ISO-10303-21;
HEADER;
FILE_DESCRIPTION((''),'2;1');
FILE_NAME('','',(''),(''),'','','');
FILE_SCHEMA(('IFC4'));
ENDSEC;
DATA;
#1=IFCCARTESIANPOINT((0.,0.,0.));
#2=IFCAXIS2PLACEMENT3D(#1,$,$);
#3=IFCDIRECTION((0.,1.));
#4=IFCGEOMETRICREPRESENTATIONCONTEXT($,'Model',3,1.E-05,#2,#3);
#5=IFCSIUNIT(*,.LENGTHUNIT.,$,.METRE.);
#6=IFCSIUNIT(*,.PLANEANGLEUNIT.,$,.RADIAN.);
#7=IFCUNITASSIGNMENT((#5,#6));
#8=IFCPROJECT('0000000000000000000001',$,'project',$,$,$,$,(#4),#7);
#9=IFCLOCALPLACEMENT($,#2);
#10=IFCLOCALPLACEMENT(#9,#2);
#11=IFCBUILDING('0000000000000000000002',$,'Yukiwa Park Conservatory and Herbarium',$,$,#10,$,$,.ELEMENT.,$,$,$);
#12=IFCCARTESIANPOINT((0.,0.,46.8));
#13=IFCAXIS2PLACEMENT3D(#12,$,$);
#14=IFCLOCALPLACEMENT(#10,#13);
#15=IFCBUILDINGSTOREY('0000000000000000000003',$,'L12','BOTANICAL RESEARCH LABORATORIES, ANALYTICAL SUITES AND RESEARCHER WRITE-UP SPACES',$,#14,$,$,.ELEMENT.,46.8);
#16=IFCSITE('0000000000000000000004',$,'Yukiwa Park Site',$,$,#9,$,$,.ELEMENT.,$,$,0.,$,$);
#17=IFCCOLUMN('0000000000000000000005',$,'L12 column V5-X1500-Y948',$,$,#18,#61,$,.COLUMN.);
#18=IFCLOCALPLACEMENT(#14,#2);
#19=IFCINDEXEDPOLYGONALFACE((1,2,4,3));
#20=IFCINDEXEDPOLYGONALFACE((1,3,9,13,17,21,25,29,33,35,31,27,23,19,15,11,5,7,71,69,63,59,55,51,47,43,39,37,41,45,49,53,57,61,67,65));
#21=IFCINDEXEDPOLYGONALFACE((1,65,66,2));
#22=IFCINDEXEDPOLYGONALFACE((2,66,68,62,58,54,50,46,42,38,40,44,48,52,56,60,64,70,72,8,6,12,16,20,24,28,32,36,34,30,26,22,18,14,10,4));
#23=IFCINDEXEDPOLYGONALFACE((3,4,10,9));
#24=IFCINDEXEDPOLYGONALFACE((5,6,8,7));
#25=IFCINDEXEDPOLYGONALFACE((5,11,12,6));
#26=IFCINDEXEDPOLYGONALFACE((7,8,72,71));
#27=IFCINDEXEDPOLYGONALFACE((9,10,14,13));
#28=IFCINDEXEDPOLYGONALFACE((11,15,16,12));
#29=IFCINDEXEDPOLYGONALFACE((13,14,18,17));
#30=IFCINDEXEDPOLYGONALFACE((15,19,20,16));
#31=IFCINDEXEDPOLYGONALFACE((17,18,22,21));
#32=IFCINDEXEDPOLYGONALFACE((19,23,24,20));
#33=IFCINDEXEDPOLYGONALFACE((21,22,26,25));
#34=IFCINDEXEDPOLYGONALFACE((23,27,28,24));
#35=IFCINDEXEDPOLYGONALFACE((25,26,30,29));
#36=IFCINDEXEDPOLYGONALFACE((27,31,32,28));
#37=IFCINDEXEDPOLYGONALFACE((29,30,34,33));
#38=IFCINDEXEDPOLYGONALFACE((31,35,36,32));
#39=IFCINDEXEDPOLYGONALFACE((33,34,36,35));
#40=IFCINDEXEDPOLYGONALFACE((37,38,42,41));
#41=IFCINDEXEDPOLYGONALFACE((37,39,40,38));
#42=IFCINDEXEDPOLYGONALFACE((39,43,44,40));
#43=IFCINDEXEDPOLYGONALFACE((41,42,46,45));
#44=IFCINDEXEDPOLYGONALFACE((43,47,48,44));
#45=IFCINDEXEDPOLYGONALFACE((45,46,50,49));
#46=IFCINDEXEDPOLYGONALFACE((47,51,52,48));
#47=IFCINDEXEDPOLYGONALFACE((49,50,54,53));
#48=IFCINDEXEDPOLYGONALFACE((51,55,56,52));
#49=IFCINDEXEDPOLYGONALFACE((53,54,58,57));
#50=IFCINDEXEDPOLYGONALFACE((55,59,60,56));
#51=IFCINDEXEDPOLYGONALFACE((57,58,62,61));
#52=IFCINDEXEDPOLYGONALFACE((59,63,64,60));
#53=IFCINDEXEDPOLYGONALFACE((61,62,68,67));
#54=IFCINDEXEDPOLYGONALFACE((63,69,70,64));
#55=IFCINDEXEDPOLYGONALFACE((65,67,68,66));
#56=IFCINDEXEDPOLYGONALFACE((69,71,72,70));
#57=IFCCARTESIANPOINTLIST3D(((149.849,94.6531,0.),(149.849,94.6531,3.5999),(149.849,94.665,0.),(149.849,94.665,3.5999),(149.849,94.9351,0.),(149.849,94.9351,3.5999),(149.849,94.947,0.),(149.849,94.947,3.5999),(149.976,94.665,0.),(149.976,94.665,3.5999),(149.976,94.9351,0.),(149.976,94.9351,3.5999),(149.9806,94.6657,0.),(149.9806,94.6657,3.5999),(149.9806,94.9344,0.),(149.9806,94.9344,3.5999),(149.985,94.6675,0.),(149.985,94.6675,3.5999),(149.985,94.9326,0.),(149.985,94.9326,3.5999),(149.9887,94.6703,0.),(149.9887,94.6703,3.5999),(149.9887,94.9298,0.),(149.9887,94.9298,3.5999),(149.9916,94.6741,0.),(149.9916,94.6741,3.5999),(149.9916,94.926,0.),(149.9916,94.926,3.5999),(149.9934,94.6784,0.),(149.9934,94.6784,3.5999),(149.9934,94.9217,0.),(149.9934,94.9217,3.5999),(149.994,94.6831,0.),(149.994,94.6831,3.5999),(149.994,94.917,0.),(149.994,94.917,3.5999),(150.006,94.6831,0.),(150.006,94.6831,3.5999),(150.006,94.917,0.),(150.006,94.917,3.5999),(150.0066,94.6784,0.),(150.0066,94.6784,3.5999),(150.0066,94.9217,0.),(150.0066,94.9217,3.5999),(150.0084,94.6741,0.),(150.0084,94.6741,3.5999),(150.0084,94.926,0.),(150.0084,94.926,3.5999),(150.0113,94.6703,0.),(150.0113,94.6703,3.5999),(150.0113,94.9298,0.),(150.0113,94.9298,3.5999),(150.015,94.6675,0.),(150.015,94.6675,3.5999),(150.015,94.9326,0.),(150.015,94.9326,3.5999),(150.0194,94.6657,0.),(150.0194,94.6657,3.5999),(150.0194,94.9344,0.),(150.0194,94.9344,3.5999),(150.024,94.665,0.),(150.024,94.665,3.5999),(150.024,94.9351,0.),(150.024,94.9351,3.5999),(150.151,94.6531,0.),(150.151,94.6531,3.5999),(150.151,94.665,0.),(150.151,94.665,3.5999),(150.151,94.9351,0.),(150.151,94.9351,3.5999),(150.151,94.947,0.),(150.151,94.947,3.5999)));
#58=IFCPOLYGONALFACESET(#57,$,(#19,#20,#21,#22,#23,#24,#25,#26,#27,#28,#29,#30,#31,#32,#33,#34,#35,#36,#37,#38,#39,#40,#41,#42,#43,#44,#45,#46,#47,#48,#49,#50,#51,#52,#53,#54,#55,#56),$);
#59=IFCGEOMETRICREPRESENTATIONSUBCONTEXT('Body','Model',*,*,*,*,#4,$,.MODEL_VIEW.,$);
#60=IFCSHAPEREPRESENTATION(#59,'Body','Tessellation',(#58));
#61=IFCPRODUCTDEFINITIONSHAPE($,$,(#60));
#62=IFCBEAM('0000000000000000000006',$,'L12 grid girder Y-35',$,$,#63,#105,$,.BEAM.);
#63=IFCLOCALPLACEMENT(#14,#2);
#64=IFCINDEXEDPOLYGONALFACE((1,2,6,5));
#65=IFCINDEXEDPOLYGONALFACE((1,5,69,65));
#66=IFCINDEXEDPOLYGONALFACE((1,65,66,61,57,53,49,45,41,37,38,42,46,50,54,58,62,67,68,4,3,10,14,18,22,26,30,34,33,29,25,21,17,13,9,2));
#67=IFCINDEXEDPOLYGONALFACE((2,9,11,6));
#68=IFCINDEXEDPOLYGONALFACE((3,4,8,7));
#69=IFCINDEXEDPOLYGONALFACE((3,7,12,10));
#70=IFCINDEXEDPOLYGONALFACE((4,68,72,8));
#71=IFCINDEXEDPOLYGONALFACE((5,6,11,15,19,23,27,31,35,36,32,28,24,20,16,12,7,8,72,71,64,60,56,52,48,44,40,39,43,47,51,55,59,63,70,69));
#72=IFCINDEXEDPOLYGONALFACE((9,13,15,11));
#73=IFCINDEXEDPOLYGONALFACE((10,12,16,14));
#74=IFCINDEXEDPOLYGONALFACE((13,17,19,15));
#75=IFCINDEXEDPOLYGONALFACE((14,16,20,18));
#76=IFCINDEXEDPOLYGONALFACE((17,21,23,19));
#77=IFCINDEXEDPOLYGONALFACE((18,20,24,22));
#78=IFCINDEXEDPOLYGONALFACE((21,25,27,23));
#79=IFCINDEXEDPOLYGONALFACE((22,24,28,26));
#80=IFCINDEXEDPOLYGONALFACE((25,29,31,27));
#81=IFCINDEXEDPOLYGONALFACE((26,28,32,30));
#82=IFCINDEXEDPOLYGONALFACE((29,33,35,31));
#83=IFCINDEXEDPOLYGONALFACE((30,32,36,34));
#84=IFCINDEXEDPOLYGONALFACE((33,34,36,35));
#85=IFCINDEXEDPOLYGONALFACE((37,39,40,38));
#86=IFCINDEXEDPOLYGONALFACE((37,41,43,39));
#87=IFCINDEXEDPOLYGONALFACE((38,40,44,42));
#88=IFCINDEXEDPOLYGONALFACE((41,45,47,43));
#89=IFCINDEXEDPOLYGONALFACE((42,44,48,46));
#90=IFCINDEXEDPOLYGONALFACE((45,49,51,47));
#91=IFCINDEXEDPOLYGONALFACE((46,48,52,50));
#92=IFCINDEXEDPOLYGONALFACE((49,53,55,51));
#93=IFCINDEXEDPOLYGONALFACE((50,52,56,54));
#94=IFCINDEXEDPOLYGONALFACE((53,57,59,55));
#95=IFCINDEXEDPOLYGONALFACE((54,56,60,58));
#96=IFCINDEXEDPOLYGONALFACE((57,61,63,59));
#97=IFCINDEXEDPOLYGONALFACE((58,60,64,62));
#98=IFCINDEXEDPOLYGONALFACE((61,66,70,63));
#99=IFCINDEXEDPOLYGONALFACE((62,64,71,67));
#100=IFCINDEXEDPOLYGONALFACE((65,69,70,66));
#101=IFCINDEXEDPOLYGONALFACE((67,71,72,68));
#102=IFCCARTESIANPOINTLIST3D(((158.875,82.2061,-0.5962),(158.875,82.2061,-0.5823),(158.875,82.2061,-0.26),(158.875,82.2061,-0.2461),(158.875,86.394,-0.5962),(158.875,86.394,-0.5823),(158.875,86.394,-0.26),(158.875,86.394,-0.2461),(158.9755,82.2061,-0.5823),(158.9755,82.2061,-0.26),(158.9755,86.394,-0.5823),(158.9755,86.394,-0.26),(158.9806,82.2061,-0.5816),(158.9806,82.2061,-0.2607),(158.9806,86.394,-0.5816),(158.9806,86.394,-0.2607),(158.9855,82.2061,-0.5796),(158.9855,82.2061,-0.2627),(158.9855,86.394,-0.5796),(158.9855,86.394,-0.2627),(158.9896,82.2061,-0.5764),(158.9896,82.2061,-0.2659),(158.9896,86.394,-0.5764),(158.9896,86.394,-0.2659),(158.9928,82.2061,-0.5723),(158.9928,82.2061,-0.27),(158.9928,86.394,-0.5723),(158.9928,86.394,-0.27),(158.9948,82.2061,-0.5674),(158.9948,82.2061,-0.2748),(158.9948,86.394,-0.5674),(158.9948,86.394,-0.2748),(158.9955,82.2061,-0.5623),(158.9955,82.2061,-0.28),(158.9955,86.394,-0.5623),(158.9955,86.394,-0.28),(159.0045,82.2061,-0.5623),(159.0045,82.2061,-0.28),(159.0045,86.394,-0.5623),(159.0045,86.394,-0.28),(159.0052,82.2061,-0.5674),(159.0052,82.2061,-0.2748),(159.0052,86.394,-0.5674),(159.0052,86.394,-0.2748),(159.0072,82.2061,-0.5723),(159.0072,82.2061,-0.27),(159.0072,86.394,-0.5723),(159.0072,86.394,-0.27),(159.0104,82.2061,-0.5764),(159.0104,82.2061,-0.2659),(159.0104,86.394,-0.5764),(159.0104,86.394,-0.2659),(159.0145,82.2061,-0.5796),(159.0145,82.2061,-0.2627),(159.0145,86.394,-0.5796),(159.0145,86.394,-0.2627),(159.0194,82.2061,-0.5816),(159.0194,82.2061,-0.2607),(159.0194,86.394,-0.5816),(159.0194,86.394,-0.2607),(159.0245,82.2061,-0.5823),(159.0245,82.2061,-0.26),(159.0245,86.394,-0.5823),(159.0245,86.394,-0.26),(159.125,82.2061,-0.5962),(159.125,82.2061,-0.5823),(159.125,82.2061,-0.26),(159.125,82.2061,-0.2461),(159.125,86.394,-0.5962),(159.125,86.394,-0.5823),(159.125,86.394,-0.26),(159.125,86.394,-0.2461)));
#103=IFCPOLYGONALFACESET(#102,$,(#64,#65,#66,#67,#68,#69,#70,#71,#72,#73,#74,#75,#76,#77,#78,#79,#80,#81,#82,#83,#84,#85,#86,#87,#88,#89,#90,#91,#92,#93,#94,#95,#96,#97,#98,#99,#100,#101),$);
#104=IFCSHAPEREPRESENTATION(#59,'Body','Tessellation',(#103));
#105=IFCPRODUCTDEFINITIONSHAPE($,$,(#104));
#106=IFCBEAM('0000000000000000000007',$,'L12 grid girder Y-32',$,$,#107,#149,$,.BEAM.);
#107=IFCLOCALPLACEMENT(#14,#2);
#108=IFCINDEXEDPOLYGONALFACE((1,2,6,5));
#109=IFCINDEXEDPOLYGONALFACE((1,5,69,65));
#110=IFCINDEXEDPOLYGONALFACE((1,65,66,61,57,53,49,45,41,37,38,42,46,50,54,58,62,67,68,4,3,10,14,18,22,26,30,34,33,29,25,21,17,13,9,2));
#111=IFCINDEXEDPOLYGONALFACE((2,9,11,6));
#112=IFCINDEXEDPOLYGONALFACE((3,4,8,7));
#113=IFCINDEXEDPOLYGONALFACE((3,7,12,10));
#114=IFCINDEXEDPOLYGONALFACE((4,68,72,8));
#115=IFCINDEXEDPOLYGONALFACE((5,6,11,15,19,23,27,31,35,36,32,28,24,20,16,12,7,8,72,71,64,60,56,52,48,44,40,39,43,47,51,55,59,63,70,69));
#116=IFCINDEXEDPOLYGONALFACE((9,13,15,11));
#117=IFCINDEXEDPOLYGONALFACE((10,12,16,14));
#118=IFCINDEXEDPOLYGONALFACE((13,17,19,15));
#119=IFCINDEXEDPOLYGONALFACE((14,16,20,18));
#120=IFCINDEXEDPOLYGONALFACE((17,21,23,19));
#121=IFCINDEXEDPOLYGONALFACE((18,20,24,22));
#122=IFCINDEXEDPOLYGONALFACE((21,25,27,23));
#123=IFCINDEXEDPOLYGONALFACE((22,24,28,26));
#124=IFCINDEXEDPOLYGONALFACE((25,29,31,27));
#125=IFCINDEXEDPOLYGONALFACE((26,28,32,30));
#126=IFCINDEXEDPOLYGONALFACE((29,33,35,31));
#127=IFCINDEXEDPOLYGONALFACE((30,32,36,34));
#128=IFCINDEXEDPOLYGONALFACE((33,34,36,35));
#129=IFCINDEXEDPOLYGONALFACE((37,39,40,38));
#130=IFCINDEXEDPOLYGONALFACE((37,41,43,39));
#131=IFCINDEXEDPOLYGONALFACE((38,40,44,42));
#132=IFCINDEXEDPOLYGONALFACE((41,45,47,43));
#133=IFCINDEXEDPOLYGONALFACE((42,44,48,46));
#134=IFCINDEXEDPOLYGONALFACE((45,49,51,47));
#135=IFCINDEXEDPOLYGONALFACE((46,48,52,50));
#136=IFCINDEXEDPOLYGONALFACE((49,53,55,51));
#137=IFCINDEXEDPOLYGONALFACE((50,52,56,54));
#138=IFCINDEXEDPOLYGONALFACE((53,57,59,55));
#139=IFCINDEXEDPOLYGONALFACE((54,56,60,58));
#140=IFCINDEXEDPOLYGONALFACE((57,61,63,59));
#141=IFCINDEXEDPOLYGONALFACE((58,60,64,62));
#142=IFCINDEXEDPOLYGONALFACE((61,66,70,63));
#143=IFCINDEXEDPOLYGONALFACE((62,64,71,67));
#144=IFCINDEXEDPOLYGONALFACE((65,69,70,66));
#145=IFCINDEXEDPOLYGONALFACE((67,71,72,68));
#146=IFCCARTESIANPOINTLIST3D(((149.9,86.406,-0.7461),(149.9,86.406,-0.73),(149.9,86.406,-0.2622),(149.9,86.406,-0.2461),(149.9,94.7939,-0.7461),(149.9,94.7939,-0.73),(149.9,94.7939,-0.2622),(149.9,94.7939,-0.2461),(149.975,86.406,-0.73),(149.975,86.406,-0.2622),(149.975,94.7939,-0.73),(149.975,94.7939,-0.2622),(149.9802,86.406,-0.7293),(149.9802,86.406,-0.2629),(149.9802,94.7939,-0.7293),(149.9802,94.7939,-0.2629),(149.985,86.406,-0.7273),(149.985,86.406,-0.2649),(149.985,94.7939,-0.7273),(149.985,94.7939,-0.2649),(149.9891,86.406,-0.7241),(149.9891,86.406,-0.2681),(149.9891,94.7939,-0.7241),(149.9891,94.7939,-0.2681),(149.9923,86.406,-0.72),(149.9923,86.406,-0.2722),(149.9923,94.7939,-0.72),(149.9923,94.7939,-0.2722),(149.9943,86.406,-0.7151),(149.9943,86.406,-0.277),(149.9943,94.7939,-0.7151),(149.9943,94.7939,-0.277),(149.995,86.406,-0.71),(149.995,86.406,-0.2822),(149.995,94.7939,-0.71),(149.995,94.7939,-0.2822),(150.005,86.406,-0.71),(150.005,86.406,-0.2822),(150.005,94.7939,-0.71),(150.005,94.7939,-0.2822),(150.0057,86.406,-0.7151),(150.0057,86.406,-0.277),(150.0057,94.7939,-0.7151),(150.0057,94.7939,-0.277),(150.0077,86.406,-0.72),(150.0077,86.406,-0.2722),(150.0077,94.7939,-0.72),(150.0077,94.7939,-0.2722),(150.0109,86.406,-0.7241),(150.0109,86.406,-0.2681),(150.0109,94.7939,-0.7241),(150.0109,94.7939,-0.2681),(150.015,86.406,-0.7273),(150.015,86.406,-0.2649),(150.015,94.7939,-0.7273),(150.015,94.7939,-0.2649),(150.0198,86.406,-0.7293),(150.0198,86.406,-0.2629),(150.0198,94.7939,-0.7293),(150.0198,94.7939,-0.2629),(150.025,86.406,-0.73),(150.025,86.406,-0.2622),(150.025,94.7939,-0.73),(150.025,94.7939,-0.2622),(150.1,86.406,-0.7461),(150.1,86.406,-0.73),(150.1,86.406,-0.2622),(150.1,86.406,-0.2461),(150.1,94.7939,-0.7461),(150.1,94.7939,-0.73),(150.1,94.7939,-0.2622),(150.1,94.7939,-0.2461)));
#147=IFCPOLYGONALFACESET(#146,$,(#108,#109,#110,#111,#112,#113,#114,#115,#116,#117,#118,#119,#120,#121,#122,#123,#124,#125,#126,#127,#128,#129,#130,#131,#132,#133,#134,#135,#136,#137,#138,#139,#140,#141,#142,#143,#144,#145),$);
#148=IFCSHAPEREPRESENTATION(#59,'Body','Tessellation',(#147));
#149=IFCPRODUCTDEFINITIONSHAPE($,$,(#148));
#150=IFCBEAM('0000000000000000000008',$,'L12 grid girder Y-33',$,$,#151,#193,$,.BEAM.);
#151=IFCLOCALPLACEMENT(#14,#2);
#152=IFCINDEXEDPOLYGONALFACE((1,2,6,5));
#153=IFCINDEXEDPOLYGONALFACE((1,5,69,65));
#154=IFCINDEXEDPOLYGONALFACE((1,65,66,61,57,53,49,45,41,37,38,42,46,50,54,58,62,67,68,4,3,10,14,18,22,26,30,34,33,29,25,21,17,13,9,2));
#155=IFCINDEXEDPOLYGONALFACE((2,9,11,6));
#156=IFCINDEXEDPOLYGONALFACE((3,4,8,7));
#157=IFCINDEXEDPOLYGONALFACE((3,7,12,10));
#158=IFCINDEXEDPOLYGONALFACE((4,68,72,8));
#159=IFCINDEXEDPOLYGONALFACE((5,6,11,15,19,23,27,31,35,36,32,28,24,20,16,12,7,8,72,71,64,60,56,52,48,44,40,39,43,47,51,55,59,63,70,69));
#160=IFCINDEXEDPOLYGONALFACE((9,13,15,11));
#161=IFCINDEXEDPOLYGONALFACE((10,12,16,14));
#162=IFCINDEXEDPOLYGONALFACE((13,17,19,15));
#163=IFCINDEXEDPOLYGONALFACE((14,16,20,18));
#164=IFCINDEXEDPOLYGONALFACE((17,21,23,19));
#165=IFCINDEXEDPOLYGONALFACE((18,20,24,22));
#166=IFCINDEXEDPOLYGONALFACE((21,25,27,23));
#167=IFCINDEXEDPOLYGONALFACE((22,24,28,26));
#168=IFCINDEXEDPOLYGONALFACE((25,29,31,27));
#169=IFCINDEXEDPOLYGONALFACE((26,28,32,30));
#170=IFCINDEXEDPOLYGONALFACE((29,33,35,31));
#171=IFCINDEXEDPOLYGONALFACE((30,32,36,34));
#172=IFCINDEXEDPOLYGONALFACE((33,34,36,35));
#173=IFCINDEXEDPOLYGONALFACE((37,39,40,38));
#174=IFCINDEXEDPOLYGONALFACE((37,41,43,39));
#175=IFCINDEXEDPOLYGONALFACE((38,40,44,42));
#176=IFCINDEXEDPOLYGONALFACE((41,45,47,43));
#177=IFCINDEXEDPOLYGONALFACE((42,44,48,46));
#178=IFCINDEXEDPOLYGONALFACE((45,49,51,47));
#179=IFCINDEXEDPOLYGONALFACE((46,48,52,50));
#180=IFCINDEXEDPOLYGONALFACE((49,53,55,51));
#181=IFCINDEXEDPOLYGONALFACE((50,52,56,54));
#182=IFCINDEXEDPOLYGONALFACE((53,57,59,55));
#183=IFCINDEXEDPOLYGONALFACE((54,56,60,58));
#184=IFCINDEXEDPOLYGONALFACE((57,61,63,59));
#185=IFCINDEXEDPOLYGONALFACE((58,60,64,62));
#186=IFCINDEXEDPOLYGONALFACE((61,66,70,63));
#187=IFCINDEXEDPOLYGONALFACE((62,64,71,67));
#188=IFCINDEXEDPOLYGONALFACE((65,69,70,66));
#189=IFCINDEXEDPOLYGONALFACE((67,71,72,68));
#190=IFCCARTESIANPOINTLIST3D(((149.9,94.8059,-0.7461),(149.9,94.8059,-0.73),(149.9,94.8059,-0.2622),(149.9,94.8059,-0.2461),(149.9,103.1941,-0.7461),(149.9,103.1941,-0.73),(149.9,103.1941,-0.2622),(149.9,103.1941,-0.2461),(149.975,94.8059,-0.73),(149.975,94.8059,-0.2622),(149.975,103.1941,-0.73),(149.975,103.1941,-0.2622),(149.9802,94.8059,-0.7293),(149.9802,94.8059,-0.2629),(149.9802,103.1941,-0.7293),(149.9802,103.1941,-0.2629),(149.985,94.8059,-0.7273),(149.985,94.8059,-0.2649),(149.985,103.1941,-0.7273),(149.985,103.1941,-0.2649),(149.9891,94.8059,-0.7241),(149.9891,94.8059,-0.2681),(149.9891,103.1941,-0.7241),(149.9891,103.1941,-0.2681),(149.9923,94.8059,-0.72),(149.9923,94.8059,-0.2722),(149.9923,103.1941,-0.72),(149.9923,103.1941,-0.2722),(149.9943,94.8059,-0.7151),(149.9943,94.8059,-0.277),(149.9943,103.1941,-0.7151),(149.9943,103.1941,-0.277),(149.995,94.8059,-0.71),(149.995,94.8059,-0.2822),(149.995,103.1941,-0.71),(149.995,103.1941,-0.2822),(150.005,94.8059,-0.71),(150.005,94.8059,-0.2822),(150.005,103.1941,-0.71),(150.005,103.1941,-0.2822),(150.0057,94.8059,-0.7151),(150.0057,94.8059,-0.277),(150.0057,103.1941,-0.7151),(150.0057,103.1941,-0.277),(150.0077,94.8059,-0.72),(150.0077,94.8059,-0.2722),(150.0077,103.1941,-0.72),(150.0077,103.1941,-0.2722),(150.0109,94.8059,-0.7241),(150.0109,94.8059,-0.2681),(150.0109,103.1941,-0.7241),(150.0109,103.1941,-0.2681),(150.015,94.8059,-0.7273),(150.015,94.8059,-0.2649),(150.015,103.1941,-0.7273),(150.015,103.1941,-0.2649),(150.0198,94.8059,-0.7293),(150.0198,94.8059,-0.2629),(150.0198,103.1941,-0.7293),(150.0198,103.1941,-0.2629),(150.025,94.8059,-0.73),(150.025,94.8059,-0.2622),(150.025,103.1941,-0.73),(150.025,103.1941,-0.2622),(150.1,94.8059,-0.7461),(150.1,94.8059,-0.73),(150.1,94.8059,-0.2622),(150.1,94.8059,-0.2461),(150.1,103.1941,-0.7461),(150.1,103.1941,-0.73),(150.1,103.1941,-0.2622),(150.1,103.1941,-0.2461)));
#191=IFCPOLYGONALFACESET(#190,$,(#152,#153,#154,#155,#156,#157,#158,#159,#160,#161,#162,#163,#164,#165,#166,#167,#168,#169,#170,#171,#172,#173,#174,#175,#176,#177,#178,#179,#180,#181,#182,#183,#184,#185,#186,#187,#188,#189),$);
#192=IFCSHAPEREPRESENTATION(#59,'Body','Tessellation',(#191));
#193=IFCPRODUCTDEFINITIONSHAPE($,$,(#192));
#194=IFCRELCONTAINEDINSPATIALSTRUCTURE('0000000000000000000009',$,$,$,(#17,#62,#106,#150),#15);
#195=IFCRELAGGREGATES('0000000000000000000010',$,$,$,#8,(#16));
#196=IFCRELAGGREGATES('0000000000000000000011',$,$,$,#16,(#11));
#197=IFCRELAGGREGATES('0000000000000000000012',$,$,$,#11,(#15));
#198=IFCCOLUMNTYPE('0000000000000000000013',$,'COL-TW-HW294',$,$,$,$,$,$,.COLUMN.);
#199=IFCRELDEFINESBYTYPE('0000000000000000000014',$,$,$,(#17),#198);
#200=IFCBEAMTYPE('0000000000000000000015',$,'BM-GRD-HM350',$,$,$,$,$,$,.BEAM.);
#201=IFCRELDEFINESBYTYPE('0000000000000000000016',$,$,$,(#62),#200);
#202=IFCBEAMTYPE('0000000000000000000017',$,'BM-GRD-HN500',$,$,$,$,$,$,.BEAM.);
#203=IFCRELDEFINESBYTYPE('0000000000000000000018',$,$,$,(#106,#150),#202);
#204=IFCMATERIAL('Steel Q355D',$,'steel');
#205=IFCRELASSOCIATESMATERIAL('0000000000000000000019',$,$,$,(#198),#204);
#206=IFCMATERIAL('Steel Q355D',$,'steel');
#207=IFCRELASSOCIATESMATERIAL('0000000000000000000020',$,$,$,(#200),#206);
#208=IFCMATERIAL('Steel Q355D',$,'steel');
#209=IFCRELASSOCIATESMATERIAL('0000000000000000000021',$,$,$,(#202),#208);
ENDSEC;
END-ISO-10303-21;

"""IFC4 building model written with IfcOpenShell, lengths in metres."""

from ifc_helpers import new_model, si_unit, direction, frame, origin, origin_2d, place, context, subcontext, project, spatial, i_section, extrude, material, material_profile, profile_set, type_object, element, save


model = new_model("IFC4")

# Units and contexts
model_context = context("Model", 3, precision=1e-05, world=origin(), true_north=direction((0.0, 1.0)))
body_context = subcontext(model_context, "Body", "Model", "MODEL_VIEW")
ifc_project = project(units=[si_unit("LENGTHUNIT", "METRE"), si_unit("PLANEANGLEUNIT", "RADIAN")], contexts=[model_context])

# Site, building, storey
site_placement = place(None, origin())
site = spatial("IfcSite", under=ifc_project, at=site_placement, Name="Yukiwa Park Site", CompositionType="ELEMENT", RefElevation=0.0)
building_placement = place(site_placement, origin())
building = spatial("IfcBuilding", under=site, at=building_placement, Name="Yukiwa Park Conservatory and Herbarium", CompositionType="ELEMENT")
storey_placement = place(building_placement, frame((0.0, 0.0, 46.8)))
storey = spatial("IfcBuildingStorey", under=building, at=storey_placement, Name="L12", Description="BOTANICAL RESEARCH LABORATORIES, ANALYTICAL SUITES AND RESEARCHER WRITE-UP SPACES", CompositionType="ELEMENT", Elevation=46.8)

# Column
ifc_material_1 = material(Name="Steel Q355D", Category="steel")
ifc_material_profile_1 = material_profile(ifc_material_1, i_section(OverallWidth=0.302, OverallDepth=0.2939, WebThickness=0.012, FlangeThickness=0.012, FilletRadius=0.0181, at=origin_2d()), Name="HW 294x302x12x12")
ifc_profile_set_1 = profile_set([ifc_material_profile_1], Name="Steel Q355D")
column_type_1 = type_object("IfcColumnType", Name="COL-TW-HW294", PredefinedType="COLUMN", material=ifc_profile_set_1)
column_1_placement = place(storey_placement, frame((150.0, 94.8, 0.0), z_axis=(0.0, 0.0, 1.0), x_axis=(1.0, 0.0, 0.0)))
element("IfcColumn", 1, at=column_1_placement, inside=storey, type_object=column_type_1, Name="L12 column V5-X1500-Y948", PredefinedType="COLUMN", context=body_context, shape_type="SweptSolid", body=[
    extrude(i_section(OverallWidth=0.302, OverallDepth=0.2939, WebThickness=0.012, FlangeThickness=0.012, FilletRadius=0.0181, at=origin_2d()), origin(), (0.0, 0.0, 1.0), 3.5999),
])

# Beams
ifc_material_2 = material(Name="Steel Q355D", Category="steel")
ifc_material_profile_2 = material_profile(ifc_material_2, i_section(OverallWidth=0.25, OverallDepth=0.3501, WebThickness=0.009, FlangeThickness=0.0139, FilletRadius=0.02, at=origin_2d()), Name="HM 350x250x9x14")
ifc_profile_set_2 = profile_set([ifc_material_profile_2], Name="Steel Q355D")
beam_type_1 = type_object("IfcBeamType", Name="BM-GRD-HM350", PredefinedType="BEAM", material=ifc_profile_set_2)
beam_1_placement = place(storey_placement, frame((159.0, 82.2061, -0.4211), z_axis=(0.0, 1.0, 0.0), x_axis=(-1.0, 0.0, 0.0)))
element("IfcBeam", 2, at=beam_1_placement, inside=storey, type_object=beam_type_1, Name="L12 grid girder Y-35", PredefinedType="BEAM", context=body_context, shape_type="SweptSolid", body=[
    extrude(i_section(OverallWidth=0.25, OverallDepth=0.3501, WebThickness=0.009, FlangeThickness=0.0139, FilletRadius=0.02, at=origin_2d()), origin(), (0.0, 0.0, 1.0), 4.188),
])
ifc_material_3 = material(Name="Steel Q355D", Category="steel")
ifc_material_profile_3 = material_profile(ifc_material_3, i_section(OverallWidth=0.2, OverallDepth=0.5, WebThickness=0.01, FlangeThickness=0.0161, FilletRadius=0.02, at=origin_2d()), Name="HN 500x200x10x16")
ifc_profile_set_3 = profile_set([ifc_material_profile_3], Name="Steel Q355D")
beam_type_2 = type_object("IfcBeamType", Name="BM-GRD-HN500", PredefinedType="BEAM", material=ifc_profile_set_3)
beam_2_placement = place(storey_placement, frame((150.0, 86.406, -0.4961), z_axis=(0.0, 1.0, 0.0), x_axis=(-1.0, 0.0, 0.0)))
element("IfcBeam", 3, at=beam_2_placement, inside=storey, type_object=beam_type_2, Name="L12 grid girder Y-32", PredefinedType="BEAM", context=body_context, shape_type="SweptSolid", body=[
    extrude(i_section(OverallWidth=0.2, OverallDepth=0.5, WebThickness=0.01, FlangeThickness=0.0161, FilletRadius=0.02, at=origin_2d()), origin(), (0.0, 0.0, 1.0), 8.3879),
])
beam_3_placement = place(storey_placement, frame((150.0, 94.8059, -0.4961), z_axis=(0.0, 1.0, 0.0), x_axis=(-1.0, 0.0, 0.0)))
element("IfcBeam", 4, at=beam_3_placement, inside=storey, type_object=beam_type_2, Name="L12 grid girder Y-33", PredefinedType="BEAM", context=body_context, shape_type="SweptSolid", body=[
    extrude(i_section(OverallWidth=0.2, OverallDepth=0.5, WebThickness=0.01, FlangeThickness=0.0161, FilletRadius=0.02, at=origin_2d()), origin(), (0.0, 0.0, 1.0), 8.3882),
])

save(model, "model.ifc")
